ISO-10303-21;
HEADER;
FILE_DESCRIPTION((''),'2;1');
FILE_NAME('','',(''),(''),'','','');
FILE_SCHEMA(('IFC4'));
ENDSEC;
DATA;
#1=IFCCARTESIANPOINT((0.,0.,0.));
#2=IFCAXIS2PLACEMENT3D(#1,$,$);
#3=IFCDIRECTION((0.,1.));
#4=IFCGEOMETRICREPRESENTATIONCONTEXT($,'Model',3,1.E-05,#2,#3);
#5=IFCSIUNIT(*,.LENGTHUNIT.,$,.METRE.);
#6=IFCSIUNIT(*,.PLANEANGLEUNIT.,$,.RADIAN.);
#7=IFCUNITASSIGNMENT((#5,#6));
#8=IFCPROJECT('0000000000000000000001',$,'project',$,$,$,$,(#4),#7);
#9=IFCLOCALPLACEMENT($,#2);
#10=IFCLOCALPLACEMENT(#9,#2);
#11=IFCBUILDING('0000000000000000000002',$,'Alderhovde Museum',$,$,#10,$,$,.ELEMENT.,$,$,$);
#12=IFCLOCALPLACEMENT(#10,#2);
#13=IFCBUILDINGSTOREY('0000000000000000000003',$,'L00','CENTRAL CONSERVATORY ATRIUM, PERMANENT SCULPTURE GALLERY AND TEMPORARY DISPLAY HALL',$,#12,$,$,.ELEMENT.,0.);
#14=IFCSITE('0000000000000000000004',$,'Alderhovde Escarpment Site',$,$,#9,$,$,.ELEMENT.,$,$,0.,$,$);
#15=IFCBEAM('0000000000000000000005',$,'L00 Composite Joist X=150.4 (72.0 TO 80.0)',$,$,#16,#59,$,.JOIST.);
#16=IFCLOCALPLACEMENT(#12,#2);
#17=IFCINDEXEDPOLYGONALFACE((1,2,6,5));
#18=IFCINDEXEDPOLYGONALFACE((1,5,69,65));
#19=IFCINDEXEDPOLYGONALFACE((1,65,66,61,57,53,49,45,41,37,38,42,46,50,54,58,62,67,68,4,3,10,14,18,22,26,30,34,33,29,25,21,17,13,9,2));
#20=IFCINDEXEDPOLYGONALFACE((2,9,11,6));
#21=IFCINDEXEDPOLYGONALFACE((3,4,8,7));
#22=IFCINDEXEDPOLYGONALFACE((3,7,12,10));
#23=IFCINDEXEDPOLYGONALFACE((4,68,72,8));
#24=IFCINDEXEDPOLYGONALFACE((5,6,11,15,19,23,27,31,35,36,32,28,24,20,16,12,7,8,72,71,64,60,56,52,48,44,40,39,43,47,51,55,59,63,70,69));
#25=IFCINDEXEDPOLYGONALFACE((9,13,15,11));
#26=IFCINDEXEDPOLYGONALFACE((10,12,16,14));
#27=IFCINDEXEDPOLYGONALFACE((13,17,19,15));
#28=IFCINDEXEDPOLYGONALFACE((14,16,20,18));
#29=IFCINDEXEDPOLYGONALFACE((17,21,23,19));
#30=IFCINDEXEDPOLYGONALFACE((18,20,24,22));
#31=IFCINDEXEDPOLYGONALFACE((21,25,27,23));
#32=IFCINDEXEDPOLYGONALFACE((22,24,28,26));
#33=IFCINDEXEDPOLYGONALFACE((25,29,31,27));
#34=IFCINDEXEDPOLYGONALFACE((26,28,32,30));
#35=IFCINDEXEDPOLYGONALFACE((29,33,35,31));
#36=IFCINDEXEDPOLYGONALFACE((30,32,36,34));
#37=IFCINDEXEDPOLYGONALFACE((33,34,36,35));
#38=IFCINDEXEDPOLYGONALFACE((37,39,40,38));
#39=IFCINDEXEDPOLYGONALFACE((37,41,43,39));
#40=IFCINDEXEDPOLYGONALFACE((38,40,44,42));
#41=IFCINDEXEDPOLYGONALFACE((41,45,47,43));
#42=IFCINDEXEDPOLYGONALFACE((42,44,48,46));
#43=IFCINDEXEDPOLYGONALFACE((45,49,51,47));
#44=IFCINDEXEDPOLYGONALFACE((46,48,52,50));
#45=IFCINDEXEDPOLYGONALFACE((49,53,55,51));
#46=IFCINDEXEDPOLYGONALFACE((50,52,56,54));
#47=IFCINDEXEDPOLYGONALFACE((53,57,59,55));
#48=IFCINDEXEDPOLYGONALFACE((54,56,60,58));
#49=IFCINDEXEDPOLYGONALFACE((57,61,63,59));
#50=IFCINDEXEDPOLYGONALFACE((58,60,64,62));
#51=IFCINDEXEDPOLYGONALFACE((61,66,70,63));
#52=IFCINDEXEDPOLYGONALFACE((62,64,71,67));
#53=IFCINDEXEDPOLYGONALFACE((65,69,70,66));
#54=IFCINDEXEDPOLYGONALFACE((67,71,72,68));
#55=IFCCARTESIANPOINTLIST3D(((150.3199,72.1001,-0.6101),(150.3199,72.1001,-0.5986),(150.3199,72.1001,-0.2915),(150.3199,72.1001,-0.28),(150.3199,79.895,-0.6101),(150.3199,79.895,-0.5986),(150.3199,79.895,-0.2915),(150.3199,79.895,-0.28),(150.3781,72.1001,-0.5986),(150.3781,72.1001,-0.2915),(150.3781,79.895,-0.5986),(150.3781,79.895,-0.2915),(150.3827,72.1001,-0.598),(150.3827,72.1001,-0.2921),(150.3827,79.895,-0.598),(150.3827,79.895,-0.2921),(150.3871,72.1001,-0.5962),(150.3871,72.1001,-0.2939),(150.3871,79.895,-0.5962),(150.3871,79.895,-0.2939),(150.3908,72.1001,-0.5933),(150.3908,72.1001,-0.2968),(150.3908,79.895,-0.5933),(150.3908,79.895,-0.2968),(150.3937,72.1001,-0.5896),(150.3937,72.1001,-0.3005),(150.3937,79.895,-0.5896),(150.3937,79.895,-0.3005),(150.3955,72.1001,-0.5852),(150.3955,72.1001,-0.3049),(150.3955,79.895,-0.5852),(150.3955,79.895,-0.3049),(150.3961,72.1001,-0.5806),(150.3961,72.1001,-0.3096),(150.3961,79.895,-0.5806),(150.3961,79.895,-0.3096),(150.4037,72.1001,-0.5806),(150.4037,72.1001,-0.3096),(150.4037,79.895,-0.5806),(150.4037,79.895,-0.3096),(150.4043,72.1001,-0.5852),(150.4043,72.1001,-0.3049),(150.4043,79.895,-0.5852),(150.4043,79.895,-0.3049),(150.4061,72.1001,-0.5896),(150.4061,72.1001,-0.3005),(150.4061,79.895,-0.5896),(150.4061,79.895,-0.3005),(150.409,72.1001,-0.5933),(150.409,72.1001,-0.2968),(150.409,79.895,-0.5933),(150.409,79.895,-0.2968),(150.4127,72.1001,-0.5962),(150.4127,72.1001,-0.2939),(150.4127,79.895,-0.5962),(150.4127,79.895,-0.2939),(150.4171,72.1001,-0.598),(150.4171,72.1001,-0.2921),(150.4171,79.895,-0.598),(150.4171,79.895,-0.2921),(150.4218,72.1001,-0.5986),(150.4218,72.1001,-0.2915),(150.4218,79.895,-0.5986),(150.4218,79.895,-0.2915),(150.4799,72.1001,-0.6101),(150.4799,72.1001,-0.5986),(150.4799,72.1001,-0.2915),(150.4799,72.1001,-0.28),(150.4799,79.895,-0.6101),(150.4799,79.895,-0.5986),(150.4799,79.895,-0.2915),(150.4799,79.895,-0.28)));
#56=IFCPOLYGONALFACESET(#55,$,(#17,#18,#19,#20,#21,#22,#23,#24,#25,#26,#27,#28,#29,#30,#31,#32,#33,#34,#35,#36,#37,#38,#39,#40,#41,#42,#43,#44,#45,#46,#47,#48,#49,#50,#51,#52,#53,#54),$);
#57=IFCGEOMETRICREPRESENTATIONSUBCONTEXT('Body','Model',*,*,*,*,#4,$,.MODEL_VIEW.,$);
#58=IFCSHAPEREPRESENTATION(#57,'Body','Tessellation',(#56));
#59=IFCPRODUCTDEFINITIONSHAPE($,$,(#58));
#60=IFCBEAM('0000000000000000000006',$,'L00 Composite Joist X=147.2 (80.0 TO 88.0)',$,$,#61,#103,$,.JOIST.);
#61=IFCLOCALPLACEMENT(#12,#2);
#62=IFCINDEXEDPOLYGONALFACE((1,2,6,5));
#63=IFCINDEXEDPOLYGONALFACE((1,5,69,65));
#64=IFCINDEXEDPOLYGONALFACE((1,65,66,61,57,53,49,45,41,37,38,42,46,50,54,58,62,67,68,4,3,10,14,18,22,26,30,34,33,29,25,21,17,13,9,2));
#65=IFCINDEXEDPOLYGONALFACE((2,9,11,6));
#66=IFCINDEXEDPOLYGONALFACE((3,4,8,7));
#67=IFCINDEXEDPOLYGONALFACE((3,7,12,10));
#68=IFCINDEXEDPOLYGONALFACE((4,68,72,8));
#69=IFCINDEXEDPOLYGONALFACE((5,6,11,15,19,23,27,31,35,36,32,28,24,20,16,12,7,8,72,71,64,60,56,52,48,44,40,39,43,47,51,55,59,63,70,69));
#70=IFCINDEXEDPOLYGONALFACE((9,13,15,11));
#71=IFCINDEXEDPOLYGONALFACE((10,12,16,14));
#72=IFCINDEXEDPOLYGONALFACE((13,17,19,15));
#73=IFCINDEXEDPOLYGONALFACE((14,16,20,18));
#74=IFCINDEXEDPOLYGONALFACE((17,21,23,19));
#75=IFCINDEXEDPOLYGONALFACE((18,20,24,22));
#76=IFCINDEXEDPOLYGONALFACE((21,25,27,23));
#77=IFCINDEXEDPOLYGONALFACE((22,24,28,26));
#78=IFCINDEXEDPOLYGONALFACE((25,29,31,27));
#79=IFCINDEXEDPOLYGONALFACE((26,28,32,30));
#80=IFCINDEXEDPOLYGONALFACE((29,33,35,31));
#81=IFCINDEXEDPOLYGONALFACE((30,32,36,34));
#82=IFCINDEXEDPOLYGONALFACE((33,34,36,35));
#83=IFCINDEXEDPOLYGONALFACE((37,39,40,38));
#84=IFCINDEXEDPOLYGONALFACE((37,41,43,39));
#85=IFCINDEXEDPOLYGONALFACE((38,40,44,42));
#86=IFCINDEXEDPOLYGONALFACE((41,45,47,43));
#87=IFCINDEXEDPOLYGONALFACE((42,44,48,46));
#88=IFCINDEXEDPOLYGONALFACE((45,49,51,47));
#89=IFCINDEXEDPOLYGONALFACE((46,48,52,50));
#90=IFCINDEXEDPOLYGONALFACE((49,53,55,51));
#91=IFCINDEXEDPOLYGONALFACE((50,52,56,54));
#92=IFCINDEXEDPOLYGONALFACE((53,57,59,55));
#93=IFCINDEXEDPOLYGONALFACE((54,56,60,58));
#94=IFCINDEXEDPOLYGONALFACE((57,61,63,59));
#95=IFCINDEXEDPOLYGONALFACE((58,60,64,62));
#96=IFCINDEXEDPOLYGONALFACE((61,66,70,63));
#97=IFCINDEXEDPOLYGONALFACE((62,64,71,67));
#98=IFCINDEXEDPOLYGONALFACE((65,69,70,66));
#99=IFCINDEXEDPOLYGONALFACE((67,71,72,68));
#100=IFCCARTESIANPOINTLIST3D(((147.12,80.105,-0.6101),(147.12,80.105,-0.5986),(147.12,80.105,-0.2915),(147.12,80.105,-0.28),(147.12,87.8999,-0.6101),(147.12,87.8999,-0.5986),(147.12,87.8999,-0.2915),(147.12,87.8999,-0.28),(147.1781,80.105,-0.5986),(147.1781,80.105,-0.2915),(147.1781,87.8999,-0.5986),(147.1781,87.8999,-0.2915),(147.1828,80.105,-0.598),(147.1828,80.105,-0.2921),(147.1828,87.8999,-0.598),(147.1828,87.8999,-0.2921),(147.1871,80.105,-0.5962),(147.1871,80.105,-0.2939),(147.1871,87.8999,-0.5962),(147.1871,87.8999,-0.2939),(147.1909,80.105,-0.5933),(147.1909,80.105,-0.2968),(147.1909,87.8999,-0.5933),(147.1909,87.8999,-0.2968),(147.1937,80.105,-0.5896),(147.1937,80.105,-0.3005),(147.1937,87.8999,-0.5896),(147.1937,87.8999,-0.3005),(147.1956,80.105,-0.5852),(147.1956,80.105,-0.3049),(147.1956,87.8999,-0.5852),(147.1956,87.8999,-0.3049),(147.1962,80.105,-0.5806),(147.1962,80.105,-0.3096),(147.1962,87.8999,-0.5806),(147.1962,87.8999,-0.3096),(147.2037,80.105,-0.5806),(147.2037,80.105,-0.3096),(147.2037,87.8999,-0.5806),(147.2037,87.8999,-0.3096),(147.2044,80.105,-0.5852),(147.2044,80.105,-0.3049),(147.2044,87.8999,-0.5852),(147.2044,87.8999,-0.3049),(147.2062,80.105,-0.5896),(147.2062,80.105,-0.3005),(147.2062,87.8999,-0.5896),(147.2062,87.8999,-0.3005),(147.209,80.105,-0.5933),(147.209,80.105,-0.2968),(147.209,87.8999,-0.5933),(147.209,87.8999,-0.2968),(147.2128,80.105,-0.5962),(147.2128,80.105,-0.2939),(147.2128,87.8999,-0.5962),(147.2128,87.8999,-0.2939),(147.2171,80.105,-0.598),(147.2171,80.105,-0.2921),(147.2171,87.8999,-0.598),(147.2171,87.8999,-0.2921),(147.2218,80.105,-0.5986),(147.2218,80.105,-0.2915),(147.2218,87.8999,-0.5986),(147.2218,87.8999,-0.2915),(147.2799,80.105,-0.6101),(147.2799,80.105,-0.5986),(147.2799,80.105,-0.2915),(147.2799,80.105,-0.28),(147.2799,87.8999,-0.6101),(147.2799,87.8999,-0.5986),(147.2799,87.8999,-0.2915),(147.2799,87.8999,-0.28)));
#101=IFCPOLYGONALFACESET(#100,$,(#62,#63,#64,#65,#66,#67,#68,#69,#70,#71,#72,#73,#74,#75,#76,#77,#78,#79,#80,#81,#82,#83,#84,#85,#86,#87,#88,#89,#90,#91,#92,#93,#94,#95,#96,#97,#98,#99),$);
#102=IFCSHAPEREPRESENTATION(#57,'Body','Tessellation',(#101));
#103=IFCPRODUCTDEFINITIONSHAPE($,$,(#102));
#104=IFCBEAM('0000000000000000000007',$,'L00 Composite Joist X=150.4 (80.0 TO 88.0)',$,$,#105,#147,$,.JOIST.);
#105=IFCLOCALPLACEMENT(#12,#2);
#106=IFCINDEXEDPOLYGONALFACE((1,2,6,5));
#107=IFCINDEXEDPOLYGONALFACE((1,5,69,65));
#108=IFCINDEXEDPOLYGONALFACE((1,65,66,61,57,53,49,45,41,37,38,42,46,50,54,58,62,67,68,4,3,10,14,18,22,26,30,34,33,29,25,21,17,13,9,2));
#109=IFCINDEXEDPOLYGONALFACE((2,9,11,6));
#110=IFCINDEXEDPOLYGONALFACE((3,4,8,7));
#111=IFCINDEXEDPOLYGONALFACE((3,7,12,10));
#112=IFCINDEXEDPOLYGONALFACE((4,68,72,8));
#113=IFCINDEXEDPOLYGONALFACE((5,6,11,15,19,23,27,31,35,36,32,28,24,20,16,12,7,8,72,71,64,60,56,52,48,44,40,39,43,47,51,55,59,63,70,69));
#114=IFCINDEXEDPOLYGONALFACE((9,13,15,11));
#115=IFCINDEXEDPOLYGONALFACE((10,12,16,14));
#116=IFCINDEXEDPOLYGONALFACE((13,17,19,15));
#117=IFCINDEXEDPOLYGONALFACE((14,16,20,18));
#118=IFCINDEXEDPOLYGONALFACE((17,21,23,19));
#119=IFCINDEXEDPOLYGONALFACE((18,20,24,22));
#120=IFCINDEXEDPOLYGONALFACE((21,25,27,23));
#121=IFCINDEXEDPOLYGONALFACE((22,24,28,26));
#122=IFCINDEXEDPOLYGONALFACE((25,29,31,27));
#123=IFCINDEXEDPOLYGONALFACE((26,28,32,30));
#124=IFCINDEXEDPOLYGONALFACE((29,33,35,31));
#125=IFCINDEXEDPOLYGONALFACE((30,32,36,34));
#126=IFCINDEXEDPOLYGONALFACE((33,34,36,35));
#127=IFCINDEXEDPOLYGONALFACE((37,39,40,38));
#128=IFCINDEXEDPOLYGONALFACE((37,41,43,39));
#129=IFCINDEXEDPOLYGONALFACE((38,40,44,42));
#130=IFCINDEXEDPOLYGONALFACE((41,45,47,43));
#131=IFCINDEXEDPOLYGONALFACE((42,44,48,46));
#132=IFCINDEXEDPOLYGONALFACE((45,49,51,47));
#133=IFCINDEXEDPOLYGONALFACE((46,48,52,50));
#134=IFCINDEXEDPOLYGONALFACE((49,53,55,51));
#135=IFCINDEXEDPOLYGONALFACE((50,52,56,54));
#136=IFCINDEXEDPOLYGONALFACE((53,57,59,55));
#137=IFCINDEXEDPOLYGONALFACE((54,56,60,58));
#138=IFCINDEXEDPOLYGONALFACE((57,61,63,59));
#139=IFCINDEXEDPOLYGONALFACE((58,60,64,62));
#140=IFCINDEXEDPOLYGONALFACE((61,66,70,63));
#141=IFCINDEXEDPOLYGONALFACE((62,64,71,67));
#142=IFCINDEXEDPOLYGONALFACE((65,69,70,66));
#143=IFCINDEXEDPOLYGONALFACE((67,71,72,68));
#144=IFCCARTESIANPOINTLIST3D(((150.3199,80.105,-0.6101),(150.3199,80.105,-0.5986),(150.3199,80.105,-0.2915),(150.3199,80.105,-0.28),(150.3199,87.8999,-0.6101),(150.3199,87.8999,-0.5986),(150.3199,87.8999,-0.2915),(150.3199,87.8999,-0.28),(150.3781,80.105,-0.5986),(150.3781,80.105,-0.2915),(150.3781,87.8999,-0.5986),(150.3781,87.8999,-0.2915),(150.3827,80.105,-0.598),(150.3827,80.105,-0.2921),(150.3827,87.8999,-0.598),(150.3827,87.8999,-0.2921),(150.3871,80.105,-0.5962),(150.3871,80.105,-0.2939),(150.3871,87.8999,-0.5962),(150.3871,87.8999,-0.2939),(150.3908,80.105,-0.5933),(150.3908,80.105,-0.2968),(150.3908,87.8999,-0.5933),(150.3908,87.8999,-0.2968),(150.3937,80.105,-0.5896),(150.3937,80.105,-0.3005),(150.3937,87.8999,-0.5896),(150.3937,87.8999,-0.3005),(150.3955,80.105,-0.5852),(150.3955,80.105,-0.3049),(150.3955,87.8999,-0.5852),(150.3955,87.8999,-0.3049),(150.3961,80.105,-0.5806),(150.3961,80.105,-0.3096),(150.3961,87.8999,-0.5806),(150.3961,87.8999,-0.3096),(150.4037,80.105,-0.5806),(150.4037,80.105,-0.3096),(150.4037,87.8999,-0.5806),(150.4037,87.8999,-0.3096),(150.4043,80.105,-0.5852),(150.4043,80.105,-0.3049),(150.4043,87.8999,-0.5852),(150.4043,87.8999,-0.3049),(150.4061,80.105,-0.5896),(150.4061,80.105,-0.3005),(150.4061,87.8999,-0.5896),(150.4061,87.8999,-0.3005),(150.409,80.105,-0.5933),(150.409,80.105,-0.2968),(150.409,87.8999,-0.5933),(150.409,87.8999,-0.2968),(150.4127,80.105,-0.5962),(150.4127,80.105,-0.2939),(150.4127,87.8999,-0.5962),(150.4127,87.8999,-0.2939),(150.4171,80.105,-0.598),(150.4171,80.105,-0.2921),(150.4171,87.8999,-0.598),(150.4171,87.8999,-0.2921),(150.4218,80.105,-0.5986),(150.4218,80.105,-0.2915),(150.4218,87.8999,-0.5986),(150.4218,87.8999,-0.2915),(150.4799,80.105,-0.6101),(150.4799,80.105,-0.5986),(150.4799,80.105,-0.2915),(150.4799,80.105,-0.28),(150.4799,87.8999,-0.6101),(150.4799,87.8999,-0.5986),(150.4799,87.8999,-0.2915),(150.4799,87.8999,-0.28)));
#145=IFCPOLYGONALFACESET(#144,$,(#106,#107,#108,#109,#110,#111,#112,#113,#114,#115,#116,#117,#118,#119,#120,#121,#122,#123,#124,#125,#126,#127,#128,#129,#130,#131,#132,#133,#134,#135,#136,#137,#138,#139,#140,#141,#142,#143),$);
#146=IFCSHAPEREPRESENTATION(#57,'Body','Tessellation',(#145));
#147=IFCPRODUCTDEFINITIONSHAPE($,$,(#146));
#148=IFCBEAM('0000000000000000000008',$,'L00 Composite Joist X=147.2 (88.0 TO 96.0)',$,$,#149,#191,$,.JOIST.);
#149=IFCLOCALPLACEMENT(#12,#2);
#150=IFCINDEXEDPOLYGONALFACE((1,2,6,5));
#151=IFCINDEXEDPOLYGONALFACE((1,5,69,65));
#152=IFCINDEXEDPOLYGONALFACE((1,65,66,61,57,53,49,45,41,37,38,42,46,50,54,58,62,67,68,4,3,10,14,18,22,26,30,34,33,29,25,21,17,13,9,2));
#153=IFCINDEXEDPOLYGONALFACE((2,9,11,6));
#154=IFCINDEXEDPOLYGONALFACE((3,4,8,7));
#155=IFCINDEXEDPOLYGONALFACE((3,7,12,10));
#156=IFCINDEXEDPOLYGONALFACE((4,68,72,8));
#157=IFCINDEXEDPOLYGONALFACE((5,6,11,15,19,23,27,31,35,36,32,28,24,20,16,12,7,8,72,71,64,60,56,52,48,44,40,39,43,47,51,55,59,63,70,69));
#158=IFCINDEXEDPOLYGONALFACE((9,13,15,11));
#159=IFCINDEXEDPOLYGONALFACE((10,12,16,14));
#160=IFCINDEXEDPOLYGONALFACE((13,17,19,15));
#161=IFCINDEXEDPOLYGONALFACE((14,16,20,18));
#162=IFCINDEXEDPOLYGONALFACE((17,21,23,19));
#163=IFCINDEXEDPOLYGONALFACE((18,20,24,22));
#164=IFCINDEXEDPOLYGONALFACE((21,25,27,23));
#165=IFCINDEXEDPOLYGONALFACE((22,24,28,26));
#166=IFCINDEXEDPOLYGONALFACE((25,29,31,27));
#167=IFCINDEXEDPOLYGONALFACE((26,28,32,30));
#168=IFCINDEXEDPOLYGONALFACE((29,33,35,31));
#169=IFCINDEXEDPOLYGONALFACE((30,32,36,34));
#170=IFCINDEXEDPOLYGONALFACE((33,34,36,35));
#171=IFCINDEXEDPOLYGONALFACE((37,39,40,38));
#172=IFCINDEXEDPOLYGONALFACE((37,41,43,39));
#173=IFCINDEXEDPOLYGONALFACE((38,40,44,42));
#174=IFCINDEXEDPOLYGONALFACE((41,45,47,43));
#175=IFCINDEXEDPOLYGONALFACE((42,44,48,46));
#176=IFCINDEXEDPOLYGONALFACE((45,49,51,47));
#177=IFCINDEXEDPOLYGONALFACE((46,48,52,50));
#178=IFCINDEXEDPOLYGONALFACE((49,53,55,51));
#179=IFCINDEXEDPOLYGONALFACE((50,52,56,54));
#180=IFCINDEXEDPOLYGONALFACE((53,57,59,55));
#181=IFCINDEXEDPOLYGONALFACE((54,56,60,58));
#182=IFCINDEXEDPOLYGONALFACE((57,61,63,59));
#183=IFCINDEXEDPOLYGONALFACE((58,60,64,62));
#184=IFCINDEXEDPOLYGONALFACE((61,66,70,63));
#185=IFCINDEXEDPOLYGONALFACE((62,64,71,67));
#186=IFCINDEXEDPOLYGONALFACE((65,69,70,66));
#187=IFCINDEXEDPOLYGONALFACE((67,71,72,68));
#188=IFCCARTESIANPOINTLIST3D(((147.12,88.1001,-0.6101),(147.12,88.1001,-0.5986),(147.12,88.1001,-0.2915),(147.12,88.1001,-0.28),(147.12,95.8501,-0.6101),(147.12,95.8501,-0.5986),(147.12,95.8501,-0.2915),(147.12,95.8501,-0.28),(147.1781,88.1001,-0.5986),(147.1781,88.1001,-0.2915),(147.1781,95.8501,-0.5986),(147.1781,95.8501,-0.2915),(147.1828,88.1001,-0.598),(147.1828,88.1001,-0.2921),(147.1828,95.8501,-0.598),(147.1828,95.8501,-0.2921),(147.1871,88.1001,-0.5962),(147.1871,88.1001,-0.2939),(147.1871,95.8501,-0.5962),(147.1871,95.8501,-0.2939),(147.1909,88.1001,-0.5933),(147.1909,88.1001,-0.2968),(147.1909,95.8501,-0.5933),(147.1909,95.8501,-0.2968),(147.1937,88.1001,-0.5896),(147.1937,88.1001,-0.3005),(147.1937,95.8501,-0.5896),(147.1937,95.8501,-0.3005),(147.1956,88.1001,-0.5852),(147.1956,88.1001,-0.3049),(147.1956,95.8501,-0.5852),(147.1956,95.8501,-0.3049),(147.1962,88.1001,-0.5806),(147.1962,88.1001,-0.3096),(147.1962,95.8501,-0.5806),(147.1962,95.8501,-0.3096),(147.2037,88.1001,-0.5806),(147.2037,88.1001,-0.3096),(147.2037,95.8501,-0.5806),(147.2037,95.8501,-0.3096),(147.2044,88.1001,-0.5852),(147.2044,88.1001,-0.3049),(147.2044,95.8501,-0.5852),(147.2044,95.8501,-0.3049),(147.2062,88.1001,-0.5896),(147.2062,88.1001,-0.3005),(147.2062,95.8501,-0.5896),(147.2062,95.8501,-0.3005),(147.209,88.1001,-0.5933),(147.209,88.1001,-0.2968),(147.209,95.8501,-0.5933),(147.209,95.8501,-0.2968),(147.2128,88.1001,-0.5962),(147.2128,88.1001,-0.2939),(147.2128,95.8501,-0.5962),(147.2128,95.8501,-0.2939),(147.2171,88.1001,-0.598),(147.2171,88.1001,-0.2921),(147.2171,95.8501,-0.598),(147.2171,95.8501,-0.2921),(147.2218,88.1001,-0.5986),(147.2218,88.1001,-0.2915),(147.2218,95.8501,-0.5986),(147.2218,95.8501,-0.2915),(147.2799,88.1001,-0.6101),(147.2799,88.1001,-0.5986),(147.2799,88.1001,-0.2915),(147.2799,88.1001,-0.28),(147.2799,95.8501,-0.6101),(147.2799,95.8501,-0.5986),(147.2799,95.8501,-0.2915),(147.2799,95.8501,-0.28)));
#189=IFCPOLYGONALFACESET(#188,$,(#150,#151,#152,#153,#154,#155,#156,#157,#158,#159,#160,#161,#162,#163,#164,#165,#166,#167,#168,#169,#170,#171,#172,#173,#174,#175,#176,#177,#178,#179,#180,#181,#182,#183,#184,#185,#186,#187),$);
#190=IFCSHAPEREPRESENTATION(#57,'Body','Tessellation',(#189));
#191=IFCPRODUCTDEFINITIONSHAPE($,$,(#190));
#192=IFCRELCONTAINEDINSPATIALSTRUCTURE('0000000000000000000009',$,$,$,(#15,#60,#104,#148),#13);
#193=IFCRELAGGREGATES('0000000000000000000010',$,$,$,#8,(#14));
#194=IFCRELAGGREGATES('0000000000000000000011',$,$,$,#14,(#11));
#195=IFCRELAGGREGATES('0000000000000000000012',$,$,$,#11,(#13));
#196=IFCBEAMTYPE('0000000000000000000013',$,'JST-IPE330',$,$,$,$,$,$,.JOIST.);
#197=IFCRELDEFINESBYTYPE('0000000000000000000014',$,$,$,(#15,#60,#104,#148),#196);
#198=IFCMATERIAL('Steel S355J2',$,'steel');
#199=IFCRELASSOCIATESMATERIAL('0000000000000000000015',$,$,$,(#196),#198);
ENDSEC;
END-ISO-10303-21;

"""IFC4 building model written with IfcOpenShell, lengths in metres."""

from ifc_helpers import new_model, si_unit, direction, frame, origin, origin_2d, place, context, subcontext, project, spatial, i_section, extrude, material, material_profile, profile_set, type_object, element, save


model = new_model("IFC4")

# Units and contexts
model_context = context("Model", 3, precision=1e-05, world=origin(), true_north=direction((0.0, 1.0)))
body_context = subcontext(model_context, "Body", "Model", "MODEL_VIEW")
ifc_project = project(units=[si_unit("LENGTHUNIT", "METRE"), si_unit("PLANEANGLEUNIT", "RADIAN")], contexts=[model_context])

# Site, building, storey
site_placement = place(None, origin())
site = spatial("IfcSite", under=ifc_project, at=site_placement, Name="Alderhovde Escarpment Site", CompositionType="ELEMENT", RefElevation=0.0)
building_placement = place(site_placement, origin())
building = spatial("IfcBuilding", under=site, at=building_placement, Name="Alderhovde Museum", CompositionType="ELEMENT")
storey_placement = place(building_placement, origin())
storey = spatial("IfcBuildingStorey", under=building, at=storey_placement, Name="L00", Description="CENTRAL CONSERVATORY ATRIUM, PERMANENT SCULPTURE GALLERY AND TEMPORARY DISPLAY HALL", CompositionType="ELEMENT", Elevation=0.0)

# Beams
ifc_material_1 = material(Name="Steel S355J2", Category="steel")
ifc_material_profile_1 = material_profile(ifc_material_1, i_section(OverallWidth=0.1599, OverallDepth=0.3301, WebThickness=0.0076, FlangeThickness=0.0115, FilletRadius=0.0181, at=origin_2d()), Name="IPE 330")
ifc_profile_set_1 = profile_set([ifc_material_profile_1], Name="Steel S355J2")
beam_type_1 = type_object("IfcBeamType", Name="JST-IPE330", PredefinedType="JOIST", material=ifc_profile_set_1)
for number, where, z_axis, x_axis, name in (
    (1, (150.3999, 72.1001, -0.4451), (0.0, 1.0, 0.0), (-1.0, 0.0, 0.0), "L00 Composite Joist X=150.4 (72.0 TO 80.0)"),
    (2, (147.2, 80.105, -0.4451), (0.0, 1.0, 0.0), (-1.0, 0.0, 0.0), "L00 Composite Joist X=147.2 (80.0 TO 88.0)"),
    (3, (150.3999, 80.105, -0.4451), (0.0, 1.0, 0.0), (-1.0, 0.0, 0.0), "L00 Composite Joist X=150.4 (80.0 TO 88.0)"),
):
    element("IfcBeam", number, at=place(storey_placement, frame(where, z_axis=z_axis, x_axis=x_axis)), inside=storey, type_object=beam_type_1, Name=name, PredefinedType="JOIST", context=body_context, shape_type="SweptSolid", body=[
        extrude(i_section(OverallWidth=0.1599, OverallDepth=0.3301, WebThickness=0.0076, FlangeThickness=0.0115, FilletRadius=0.0181, at=origin_2d()), origin(), (0.0, 0.0, 1.0), 7.7949),
    ])
for number, where, z_axis, x_axis, name in (
    (4, (147.2, 88.1001, -0.4451), (0.0, 1.0, 0.0), (-1.0, 0.0, 0.0), "L00 Composite Joist X=147.2 (88.0 TO 96.0)"),
):
    element("IfcBeam", number, at=place(storey_placement, frame(where, z_axis=z_axis, x_axis=x_axis)), inside=storey, type_object=beam_type_1, Name=name, PredefinedType="JOIST", context=body_context, shape_type="SweptSolid", body=[
        extrude(i_section(OverallWidth=0.1599, OverallDepth=0.3301, WebThickness=0.0076, FlangeThickness=0.0115, FilletRadius=0.0181, at=origin_2d()), origin(), (0.0, 0.0, 1.0), 7.75),
    ])

save(model, "model.ifc")
